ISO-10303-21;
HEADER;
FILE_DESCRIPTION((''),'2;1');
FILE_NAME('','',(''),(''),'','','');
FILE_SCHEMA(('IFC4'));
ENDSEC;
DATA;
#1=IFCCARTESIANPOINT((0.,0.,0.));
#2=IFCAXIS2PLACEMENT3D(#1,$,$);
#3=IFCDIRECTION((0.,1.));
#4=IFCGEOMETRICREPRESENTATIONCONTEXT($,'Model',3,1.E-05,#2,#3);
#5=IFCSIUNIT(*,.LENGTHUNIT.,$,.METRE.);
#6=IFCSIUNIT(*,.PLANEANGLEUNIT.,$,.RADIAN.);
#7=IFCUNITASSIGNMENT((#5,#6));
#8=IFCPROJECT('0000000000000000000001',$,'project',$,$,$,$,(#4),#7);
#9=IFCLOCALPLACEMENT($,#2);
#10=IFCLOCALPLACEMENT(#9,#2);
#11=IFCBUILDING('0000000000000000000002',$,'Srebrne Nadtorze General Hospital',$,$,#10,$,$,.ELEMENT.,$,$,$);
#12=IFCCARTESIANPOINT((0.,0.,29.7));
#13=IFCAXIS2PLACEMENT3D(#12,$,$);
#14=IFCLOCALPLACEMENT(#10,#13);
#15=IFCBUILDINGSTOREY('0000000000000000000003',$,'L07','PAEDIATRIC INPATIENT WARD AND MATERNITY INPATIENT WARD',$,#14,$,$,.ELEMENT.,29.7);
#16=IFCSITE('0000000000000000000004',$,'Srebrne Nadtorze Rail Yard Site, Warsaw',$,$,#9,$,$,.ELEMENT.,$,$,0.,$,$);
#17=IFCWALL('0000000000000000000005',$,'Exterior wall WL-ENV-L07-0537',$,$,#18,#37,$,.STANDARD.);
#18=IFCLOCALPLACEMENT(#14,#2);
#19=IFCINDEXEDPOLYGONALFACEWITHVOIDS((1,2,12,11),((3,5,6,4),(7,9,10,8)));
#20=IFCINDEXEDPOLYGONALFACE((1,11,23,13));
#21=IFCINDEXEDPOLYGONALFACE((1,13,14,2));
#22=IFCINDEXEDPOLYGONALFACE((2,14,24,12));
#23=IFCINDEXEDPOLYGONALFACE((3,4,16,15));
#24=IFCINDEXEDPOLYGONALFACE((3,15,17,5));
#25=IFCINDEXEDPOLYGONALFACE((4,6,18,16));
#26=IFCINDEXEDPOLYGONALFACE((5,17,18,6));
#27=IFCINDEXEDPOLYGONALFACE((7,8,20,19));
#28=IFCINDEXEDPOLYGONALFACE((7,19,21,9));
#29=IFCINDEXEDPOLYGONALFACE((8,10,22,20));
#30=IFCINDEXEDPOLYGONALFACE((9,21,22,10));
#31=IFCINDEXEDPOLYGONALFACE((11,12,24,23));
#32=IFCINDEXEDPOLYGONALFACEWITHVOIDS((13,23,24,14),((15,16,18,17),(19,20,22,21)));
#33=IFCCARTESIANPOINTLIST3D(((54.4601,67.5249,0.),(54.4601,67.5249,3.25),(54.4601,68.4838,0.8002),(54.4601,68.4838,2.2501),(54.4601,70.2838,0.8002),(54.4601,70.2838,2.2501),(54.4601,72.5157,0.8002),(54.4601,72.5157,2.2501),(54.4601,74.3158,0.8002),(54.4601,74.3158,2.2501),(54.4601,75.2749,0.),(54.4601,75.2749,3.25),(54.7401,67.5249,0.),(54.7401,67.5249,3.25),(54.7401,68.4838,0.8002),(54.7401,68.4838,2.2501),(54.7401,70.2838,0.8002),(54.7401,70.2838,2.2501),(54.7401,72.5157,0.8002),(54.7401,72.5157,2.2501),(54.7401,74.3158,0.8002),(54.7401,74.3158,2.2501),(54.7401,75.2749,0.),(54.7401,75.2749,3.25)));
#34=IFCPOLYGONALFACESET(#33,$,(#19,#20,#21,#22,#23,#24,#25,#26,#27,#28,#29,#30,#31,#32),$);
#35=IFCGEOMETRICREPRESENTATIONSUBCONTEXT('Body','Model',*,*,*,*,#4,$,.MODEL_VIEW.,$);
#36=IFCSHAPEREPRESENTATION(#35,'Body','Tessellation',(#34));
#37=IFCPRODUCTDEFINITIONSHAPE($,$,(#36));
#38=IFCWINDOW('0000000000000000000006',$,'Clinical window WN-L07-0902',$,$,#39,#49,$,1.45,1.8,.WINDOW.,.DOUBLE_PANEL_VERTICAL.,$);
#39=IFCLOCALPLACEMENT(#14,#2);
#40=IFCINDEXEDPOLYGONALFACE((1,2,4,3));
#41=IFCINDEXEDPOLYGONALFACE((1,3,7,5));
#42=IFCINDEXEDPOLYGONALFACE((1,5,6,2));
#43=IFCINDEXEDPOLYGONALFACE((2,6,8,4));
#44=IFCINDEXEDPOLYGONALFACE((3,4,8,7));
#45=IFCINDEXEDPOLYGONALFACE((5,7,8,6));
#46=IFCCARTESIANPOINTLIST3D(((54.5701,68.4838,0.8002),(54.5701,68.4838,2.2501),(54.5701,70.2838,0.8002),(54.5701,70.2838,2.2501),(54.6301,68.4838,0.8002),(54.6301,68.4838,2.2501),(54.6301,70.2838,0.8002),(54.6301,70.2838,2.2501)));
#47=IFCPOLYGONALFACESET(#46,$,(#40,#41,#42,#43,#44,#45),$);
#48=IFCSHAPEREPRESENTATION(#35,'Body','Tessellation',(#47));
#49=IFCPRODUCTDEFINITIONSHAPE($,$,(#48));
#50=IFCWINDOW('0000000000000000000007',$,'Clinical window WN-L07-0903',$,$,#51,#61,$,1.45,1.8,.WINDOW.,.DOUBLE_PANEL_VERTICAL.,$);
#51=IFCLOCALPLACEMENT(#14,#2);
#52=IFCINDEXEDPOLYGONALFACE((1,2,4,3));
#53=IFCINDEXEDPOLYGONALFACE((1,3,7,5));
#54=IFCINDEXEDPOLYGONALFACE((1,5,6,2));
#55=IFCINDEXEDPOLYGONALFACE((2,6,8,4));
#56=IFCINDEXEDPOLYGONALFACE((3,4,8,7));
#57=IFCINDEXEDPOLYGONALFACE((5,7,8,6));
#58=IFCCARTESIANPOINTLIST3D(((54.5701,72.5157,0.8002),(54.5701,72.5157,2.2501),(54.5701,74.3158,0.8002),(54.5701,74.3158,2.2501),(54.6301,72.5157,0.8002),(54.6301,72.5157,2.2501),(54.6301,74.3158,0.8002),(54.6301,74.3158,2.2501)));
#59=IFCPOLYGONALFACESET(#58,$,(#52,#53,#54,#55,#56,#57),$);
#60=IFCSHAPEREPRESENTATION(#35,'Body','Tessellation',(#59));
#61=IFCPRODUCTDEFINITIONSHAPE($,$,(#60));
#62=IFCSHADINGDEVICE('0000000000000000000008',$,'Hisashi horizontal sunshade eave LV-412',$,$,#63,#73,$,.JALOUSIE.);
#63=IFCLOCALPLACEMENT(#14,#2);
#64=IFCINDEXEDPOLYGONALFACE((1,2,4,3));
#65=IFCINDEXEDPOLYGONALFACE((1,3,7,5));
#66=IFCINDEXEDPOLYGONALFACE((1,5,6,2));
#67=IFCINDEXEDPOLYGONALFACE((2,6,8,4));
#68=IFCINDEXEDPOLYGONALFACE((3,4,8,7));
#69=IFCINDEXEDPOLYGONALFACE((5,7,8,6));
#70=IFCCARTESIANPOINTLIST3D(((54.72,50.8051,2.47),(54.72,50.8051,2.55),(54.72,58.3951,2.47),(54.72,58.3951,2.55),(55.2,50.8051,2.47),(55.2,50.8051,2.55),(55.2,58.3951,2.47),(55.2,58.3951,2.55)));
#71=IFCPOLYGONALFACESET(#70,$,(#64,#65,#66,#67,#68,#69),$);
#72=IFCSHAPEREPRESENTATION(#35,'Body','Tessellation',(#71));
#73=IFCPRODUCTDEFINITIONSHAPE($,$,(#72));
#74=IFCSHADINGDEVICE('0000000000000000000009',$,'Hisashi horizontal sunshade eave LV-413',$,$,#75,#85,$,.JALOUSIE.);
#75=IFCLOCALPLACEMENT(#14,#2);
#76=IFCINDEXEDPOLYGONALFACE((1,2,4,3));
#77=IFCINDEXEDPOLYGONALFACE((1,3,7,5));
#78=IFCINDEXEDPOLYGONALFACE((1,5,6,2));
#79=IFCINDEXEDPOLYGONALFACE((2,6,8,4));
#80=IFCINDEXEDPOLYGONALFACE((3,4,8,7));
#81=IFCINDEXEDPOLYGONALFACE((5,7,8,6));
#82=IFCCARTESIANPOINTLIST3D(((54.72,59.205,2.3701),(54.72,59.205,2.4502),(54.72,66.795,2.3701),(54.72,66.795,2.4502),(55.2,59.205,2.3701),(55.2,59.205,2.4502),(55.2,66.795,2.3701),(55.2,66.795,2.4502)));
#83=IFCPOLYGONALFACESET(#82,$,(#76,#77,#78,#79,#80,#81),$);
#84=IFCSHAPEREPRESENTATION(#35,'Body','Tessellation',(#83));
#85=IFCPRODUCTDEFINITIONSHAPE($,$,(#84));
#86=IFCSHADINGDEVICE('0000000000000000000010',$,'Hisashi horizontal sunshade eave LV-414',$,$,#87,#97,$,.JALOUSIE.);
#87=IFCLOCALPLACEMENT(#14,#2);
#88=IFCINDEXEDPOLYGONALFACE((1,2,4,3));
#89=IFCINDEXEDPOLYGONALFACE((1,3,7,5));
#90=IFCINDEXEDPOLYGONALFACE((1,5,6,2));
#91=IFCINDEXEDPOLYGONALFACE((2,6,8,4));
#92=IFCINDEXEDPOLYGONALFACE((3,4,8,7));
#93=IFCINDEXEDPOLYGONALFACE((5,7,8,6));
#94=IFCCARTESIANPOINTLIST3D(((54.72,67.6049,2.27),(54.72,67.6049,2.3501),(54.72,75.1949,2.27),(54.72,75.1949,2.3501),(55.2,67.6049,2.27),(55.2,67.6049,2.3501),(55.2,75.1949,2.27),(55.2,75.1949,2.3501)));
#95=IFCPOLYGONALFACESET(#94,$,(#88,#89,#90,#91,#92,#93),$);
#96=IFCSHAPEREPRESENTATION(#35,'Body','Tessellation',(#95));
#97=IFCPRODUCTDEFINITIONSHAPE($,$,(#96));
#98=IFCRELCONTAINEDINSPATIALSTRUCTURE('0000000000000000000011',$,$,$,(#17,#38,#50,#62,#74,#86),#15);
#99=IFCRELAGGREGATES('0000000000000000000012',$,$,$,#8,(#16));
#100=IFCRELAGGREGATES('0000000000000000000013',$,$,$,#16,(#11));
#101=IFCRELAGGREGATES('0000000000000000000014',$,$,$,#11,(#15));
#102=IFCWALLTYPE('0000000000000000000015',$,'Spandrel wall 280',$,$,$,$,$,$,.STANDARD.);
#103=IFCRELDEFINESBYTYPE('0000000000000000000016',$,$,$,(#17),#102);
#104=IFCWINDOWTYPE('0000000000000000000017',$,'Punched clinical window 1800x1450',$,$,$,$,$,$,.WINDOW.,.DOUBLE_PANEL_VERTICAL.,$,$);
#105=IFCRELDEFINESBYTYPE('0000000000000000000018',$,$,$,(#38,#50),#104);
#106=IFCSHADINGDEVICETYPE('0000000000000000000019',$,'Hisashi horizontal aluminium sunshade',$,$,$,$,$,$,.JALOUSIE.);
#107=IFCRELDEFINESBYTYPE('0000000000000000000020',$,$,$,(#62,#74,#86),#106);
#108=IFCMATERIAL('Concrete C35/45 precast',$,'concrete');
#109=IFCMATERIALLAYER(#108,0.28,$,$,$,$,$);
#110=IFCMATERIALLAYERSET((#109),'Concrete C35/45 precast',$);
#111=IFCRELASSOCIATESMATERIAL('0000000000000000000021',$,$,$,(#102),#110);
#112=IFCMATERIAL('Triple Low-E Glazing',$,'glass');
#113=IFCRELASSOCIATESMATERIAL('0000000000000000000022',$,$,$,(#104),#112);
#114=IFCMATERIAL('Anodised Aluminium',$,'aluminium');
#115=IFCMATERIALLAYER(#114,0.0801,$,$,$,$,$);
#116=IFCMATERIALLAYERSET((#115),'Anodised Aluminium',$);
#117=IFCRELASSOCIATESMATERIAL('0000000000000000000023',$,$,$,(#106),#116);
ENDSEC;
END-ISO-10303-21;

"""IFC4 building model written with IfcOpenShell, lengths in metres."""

from ifc_helpers import new_model, si_unit, direction, frame, frame_2d, origin, origin_2d, place, context, subcontext, project, spatial, rectangle, extrude, material, layer, layer_set, type_object, element, fill, save


model = new_model("IFC4")

# Units and contexts
model_context = context("Model", 3, precision=1e-05, world=origin(), true_north=direction((0.0, 1.0)))
body_context = subcontext(model_context, "Body", "Model", "MODEL_VIEW")
ifc_project = project(units=[si_unit("LENGTHUNIT", "METRE"), si_unit("PLANEANGLEUNIT", "RADIAN")], contexts=[model_context])

# Site, building, storey
site_placement = place(None, origin())
site = spatial("IfcSite", under=ifc_project, at=site_placement, Name="Srebrne Nadtorze Rail Yard Site, Warsaw", CompositionType="ELEMENT", RefElevation=0.0)
building_placement = place(site_placement, origin())
building = spatial("IfcBuilding", under=site, at=building_placement, Name="Srebrne Nadtorze General Hospital", CompositionType="ELEMENT")
storey_placement = place(building_placement, frame((0.0, 0.0, 29.7)))
storey = spatial("IfcBuildingStorey", under=building, at=storey_placement, Name="L07", Description="PAEDIATRIC INPATIENT WARD AND MATERNITY INPATIENT WARD", CompositionType="ELEMENT", Elevation=29.7)

# Wall, openings, windows
ifc_material_1 = material(Name="Concrete C35/45 precast", Category="concrete")
ifc_layer_1 = layer(ifc_material_1, 0.28)
ifc_layer_set_1 = layer_set([ifc_layer_1], Name="Concrete C35/45 precast")
wall_type_1 = type_object("IfcWallType", Name="Spandrel wall 280", PredefinedType="STANDARD", material=ifc_layer_set_1)
wall_1_placement = place(storey_placement, frame((54.6001, 67.5249, 0.0), z_axis=(0.0, 0.0, 1.0), x_axis=(0.0, 1.0, 0.0)))
wall_1 = element("IfcWall", 1, at=wall_1_placement, inside=storey, type_object=wall_type_1, Name="Exterior wall WL-ENV-L07-0537", PredefinedType="STANDARD", context=body_context, shape_type="SweptSolid", body=[
    extrude(rectangle(XDim=7.75, YDim=0.28, at=frame_2d((3.875, 0.0))), origin(), (0.0, 0.0, 1.0), 3.25),
])
opening_1_placement = place(wall_1_placement, frame((0.959, 0.0, 0.8)))
opening_1 = element("IfcOpeningElement", 2, at=opening_1_placement, cuts=wall_1, PredefinedType="OPENING", context=body_context, shape_type="SweptSolid", body=[
    extrude(rectangle(XDim=1.8, YDim=1.45, at=frame_2d((0.8999, 0.7251))), frame((0.0, 0.1519, 0.0), z_axis=(0.0, -1.0, 0.0), x_axis=(1.0, 0.0, 0.0)), (0.0, 0.0, 1.0), 0.304),
])
opening_2_placement = place(wall_1_placement, frame((4.991, 0.0, 0.8)))
opening_2 = element("IfcOpeningElement", 3, at=opening_2_placement, cuts=wall_1, PredefinedType="OPENING", context=body_context, shape_type="SweptSolid", body=[
    extrude(rectangle(XDim=1.8, YDim=1.45, at=frame_2d((0.8999, 0.7251))), frame((0.0, 0.1519, 0.0), z_axis=(0.0, -1.0, 0.0), x_axis=(1.0, 0.0, 0.0)), (0.0, 0.0, 1.0), 0.304),
])
ifc_material_2 = material(Name="Triple Low-E Glazing", Category="glass")
window_type_1 = type_object("IfcWindowType", Name="Punched clinical window 1800x1450", PartitioningType="DOUBLE_PANEL_VERTICAL", PredefinedType="WINDOW", material=ifc_material_2)
window_1_placement = place(opening_1_placement, origin())
window_1 = element("IfcWindow", 4, at=window_1_placement, inside=storey, type_object=window_type_1, Name="Clinical window WN-L07-0902", OverallHeight=1.45, OverallWidth=1.8, PartitioningType="DOUBLE_PANEL_VERTICAL", PredefinedType="WINDOW", context=body_context, shape_type="SweptSolid", body=[
    extrude(rectangle(XDim=1.8, YDim=1.45, at=frame_2d((0.8999, 0.7251))), frame((0.0, 0.03, 0.0), z_axis=(0.0, -1.0, 0.0), x_axis=(1.0, 0.0, 0.0)), (0.0, 0.0, 1.0), 0.0601),
])
fill(opening_1, window_1)
window_2_placement = place(opening_2_placement, origin())
window_2 = element("IfcWindow", 5, at=window_2_placement, inside=storey, type_object=window_type_1, Name="Clinical window WN-L07-0903", OverallHeight=1.45, OverallWidth=1.8, PartitioningType="DOUBLE_PANEL_VERTICAL", PredefinedType="WINDOW", context=body_context, shape_type="SweptSolid", body=[
    extrude(rectangle(XDim=1.8, YDim=1.45, at=frame_2d((0.8999, 0.7251))), frame((0.0, 0.03, 0.0), z_axis=(0.0, -1.0, 0.0), x_axis=(1.0, 0.0, 0.0)), (0.0, 0.0, 1.0), 0.0601),
])
fill(opening_2, window_2)

# Shading devices
ifc_material_3 = material(Name="Anodised Aluminium", Category="aluminium")
ifc_layer_2 = layer(ifc_material_3, 0.0801)
ifc_layer_set_2 = layer_set([ifc_layer_2], Name="Anodised Aluminium")
shading_device_type = type_object("IfcShadingDeviceType", Name="Hisashi horizontal aluminium sunshade", PredefinedType="JALOUSIE", material=ifc_layer_set_2)
for number, where, z_axis, x_axis, name in (
    (6, (54.96, 54.6001, 2.47), (0.0, 0.0, 1.0), (1.0, 0.0, 0.0), "Hisashi horizontal sunshade eave LV-412"),
    (7, (54.96, 63.0, 2.3701), (0.0, 0.0, 1.0), (1.0, 0.0, 0.0), "Hisashi horizontal sunshade eave LV-413"),
    (8, (54.96, 71.3999, 2.27), (0.0, 0.0, 1.0), (1.0, 0.0, 0.0), "Hisashi horizontal sunshade eave LV-414"),
):
    element("IfcShadingDevice", number, at=place(storey_placement, frame(where, z_axis=z_axis, x_axis=x_axis)), inside=storey, type_object=shading_device_type, Name=name, PredefinedType="JALOUSIE", context=body_context, shape_type="SweptSolid", body=[
        extrude(rectangle(XDim=0.48, YDim=7.5901, at=origin_2d()), origin(), (0.0, 0.0, 1.0), 0.0801),
    ])

save(model, "model.ifc")
